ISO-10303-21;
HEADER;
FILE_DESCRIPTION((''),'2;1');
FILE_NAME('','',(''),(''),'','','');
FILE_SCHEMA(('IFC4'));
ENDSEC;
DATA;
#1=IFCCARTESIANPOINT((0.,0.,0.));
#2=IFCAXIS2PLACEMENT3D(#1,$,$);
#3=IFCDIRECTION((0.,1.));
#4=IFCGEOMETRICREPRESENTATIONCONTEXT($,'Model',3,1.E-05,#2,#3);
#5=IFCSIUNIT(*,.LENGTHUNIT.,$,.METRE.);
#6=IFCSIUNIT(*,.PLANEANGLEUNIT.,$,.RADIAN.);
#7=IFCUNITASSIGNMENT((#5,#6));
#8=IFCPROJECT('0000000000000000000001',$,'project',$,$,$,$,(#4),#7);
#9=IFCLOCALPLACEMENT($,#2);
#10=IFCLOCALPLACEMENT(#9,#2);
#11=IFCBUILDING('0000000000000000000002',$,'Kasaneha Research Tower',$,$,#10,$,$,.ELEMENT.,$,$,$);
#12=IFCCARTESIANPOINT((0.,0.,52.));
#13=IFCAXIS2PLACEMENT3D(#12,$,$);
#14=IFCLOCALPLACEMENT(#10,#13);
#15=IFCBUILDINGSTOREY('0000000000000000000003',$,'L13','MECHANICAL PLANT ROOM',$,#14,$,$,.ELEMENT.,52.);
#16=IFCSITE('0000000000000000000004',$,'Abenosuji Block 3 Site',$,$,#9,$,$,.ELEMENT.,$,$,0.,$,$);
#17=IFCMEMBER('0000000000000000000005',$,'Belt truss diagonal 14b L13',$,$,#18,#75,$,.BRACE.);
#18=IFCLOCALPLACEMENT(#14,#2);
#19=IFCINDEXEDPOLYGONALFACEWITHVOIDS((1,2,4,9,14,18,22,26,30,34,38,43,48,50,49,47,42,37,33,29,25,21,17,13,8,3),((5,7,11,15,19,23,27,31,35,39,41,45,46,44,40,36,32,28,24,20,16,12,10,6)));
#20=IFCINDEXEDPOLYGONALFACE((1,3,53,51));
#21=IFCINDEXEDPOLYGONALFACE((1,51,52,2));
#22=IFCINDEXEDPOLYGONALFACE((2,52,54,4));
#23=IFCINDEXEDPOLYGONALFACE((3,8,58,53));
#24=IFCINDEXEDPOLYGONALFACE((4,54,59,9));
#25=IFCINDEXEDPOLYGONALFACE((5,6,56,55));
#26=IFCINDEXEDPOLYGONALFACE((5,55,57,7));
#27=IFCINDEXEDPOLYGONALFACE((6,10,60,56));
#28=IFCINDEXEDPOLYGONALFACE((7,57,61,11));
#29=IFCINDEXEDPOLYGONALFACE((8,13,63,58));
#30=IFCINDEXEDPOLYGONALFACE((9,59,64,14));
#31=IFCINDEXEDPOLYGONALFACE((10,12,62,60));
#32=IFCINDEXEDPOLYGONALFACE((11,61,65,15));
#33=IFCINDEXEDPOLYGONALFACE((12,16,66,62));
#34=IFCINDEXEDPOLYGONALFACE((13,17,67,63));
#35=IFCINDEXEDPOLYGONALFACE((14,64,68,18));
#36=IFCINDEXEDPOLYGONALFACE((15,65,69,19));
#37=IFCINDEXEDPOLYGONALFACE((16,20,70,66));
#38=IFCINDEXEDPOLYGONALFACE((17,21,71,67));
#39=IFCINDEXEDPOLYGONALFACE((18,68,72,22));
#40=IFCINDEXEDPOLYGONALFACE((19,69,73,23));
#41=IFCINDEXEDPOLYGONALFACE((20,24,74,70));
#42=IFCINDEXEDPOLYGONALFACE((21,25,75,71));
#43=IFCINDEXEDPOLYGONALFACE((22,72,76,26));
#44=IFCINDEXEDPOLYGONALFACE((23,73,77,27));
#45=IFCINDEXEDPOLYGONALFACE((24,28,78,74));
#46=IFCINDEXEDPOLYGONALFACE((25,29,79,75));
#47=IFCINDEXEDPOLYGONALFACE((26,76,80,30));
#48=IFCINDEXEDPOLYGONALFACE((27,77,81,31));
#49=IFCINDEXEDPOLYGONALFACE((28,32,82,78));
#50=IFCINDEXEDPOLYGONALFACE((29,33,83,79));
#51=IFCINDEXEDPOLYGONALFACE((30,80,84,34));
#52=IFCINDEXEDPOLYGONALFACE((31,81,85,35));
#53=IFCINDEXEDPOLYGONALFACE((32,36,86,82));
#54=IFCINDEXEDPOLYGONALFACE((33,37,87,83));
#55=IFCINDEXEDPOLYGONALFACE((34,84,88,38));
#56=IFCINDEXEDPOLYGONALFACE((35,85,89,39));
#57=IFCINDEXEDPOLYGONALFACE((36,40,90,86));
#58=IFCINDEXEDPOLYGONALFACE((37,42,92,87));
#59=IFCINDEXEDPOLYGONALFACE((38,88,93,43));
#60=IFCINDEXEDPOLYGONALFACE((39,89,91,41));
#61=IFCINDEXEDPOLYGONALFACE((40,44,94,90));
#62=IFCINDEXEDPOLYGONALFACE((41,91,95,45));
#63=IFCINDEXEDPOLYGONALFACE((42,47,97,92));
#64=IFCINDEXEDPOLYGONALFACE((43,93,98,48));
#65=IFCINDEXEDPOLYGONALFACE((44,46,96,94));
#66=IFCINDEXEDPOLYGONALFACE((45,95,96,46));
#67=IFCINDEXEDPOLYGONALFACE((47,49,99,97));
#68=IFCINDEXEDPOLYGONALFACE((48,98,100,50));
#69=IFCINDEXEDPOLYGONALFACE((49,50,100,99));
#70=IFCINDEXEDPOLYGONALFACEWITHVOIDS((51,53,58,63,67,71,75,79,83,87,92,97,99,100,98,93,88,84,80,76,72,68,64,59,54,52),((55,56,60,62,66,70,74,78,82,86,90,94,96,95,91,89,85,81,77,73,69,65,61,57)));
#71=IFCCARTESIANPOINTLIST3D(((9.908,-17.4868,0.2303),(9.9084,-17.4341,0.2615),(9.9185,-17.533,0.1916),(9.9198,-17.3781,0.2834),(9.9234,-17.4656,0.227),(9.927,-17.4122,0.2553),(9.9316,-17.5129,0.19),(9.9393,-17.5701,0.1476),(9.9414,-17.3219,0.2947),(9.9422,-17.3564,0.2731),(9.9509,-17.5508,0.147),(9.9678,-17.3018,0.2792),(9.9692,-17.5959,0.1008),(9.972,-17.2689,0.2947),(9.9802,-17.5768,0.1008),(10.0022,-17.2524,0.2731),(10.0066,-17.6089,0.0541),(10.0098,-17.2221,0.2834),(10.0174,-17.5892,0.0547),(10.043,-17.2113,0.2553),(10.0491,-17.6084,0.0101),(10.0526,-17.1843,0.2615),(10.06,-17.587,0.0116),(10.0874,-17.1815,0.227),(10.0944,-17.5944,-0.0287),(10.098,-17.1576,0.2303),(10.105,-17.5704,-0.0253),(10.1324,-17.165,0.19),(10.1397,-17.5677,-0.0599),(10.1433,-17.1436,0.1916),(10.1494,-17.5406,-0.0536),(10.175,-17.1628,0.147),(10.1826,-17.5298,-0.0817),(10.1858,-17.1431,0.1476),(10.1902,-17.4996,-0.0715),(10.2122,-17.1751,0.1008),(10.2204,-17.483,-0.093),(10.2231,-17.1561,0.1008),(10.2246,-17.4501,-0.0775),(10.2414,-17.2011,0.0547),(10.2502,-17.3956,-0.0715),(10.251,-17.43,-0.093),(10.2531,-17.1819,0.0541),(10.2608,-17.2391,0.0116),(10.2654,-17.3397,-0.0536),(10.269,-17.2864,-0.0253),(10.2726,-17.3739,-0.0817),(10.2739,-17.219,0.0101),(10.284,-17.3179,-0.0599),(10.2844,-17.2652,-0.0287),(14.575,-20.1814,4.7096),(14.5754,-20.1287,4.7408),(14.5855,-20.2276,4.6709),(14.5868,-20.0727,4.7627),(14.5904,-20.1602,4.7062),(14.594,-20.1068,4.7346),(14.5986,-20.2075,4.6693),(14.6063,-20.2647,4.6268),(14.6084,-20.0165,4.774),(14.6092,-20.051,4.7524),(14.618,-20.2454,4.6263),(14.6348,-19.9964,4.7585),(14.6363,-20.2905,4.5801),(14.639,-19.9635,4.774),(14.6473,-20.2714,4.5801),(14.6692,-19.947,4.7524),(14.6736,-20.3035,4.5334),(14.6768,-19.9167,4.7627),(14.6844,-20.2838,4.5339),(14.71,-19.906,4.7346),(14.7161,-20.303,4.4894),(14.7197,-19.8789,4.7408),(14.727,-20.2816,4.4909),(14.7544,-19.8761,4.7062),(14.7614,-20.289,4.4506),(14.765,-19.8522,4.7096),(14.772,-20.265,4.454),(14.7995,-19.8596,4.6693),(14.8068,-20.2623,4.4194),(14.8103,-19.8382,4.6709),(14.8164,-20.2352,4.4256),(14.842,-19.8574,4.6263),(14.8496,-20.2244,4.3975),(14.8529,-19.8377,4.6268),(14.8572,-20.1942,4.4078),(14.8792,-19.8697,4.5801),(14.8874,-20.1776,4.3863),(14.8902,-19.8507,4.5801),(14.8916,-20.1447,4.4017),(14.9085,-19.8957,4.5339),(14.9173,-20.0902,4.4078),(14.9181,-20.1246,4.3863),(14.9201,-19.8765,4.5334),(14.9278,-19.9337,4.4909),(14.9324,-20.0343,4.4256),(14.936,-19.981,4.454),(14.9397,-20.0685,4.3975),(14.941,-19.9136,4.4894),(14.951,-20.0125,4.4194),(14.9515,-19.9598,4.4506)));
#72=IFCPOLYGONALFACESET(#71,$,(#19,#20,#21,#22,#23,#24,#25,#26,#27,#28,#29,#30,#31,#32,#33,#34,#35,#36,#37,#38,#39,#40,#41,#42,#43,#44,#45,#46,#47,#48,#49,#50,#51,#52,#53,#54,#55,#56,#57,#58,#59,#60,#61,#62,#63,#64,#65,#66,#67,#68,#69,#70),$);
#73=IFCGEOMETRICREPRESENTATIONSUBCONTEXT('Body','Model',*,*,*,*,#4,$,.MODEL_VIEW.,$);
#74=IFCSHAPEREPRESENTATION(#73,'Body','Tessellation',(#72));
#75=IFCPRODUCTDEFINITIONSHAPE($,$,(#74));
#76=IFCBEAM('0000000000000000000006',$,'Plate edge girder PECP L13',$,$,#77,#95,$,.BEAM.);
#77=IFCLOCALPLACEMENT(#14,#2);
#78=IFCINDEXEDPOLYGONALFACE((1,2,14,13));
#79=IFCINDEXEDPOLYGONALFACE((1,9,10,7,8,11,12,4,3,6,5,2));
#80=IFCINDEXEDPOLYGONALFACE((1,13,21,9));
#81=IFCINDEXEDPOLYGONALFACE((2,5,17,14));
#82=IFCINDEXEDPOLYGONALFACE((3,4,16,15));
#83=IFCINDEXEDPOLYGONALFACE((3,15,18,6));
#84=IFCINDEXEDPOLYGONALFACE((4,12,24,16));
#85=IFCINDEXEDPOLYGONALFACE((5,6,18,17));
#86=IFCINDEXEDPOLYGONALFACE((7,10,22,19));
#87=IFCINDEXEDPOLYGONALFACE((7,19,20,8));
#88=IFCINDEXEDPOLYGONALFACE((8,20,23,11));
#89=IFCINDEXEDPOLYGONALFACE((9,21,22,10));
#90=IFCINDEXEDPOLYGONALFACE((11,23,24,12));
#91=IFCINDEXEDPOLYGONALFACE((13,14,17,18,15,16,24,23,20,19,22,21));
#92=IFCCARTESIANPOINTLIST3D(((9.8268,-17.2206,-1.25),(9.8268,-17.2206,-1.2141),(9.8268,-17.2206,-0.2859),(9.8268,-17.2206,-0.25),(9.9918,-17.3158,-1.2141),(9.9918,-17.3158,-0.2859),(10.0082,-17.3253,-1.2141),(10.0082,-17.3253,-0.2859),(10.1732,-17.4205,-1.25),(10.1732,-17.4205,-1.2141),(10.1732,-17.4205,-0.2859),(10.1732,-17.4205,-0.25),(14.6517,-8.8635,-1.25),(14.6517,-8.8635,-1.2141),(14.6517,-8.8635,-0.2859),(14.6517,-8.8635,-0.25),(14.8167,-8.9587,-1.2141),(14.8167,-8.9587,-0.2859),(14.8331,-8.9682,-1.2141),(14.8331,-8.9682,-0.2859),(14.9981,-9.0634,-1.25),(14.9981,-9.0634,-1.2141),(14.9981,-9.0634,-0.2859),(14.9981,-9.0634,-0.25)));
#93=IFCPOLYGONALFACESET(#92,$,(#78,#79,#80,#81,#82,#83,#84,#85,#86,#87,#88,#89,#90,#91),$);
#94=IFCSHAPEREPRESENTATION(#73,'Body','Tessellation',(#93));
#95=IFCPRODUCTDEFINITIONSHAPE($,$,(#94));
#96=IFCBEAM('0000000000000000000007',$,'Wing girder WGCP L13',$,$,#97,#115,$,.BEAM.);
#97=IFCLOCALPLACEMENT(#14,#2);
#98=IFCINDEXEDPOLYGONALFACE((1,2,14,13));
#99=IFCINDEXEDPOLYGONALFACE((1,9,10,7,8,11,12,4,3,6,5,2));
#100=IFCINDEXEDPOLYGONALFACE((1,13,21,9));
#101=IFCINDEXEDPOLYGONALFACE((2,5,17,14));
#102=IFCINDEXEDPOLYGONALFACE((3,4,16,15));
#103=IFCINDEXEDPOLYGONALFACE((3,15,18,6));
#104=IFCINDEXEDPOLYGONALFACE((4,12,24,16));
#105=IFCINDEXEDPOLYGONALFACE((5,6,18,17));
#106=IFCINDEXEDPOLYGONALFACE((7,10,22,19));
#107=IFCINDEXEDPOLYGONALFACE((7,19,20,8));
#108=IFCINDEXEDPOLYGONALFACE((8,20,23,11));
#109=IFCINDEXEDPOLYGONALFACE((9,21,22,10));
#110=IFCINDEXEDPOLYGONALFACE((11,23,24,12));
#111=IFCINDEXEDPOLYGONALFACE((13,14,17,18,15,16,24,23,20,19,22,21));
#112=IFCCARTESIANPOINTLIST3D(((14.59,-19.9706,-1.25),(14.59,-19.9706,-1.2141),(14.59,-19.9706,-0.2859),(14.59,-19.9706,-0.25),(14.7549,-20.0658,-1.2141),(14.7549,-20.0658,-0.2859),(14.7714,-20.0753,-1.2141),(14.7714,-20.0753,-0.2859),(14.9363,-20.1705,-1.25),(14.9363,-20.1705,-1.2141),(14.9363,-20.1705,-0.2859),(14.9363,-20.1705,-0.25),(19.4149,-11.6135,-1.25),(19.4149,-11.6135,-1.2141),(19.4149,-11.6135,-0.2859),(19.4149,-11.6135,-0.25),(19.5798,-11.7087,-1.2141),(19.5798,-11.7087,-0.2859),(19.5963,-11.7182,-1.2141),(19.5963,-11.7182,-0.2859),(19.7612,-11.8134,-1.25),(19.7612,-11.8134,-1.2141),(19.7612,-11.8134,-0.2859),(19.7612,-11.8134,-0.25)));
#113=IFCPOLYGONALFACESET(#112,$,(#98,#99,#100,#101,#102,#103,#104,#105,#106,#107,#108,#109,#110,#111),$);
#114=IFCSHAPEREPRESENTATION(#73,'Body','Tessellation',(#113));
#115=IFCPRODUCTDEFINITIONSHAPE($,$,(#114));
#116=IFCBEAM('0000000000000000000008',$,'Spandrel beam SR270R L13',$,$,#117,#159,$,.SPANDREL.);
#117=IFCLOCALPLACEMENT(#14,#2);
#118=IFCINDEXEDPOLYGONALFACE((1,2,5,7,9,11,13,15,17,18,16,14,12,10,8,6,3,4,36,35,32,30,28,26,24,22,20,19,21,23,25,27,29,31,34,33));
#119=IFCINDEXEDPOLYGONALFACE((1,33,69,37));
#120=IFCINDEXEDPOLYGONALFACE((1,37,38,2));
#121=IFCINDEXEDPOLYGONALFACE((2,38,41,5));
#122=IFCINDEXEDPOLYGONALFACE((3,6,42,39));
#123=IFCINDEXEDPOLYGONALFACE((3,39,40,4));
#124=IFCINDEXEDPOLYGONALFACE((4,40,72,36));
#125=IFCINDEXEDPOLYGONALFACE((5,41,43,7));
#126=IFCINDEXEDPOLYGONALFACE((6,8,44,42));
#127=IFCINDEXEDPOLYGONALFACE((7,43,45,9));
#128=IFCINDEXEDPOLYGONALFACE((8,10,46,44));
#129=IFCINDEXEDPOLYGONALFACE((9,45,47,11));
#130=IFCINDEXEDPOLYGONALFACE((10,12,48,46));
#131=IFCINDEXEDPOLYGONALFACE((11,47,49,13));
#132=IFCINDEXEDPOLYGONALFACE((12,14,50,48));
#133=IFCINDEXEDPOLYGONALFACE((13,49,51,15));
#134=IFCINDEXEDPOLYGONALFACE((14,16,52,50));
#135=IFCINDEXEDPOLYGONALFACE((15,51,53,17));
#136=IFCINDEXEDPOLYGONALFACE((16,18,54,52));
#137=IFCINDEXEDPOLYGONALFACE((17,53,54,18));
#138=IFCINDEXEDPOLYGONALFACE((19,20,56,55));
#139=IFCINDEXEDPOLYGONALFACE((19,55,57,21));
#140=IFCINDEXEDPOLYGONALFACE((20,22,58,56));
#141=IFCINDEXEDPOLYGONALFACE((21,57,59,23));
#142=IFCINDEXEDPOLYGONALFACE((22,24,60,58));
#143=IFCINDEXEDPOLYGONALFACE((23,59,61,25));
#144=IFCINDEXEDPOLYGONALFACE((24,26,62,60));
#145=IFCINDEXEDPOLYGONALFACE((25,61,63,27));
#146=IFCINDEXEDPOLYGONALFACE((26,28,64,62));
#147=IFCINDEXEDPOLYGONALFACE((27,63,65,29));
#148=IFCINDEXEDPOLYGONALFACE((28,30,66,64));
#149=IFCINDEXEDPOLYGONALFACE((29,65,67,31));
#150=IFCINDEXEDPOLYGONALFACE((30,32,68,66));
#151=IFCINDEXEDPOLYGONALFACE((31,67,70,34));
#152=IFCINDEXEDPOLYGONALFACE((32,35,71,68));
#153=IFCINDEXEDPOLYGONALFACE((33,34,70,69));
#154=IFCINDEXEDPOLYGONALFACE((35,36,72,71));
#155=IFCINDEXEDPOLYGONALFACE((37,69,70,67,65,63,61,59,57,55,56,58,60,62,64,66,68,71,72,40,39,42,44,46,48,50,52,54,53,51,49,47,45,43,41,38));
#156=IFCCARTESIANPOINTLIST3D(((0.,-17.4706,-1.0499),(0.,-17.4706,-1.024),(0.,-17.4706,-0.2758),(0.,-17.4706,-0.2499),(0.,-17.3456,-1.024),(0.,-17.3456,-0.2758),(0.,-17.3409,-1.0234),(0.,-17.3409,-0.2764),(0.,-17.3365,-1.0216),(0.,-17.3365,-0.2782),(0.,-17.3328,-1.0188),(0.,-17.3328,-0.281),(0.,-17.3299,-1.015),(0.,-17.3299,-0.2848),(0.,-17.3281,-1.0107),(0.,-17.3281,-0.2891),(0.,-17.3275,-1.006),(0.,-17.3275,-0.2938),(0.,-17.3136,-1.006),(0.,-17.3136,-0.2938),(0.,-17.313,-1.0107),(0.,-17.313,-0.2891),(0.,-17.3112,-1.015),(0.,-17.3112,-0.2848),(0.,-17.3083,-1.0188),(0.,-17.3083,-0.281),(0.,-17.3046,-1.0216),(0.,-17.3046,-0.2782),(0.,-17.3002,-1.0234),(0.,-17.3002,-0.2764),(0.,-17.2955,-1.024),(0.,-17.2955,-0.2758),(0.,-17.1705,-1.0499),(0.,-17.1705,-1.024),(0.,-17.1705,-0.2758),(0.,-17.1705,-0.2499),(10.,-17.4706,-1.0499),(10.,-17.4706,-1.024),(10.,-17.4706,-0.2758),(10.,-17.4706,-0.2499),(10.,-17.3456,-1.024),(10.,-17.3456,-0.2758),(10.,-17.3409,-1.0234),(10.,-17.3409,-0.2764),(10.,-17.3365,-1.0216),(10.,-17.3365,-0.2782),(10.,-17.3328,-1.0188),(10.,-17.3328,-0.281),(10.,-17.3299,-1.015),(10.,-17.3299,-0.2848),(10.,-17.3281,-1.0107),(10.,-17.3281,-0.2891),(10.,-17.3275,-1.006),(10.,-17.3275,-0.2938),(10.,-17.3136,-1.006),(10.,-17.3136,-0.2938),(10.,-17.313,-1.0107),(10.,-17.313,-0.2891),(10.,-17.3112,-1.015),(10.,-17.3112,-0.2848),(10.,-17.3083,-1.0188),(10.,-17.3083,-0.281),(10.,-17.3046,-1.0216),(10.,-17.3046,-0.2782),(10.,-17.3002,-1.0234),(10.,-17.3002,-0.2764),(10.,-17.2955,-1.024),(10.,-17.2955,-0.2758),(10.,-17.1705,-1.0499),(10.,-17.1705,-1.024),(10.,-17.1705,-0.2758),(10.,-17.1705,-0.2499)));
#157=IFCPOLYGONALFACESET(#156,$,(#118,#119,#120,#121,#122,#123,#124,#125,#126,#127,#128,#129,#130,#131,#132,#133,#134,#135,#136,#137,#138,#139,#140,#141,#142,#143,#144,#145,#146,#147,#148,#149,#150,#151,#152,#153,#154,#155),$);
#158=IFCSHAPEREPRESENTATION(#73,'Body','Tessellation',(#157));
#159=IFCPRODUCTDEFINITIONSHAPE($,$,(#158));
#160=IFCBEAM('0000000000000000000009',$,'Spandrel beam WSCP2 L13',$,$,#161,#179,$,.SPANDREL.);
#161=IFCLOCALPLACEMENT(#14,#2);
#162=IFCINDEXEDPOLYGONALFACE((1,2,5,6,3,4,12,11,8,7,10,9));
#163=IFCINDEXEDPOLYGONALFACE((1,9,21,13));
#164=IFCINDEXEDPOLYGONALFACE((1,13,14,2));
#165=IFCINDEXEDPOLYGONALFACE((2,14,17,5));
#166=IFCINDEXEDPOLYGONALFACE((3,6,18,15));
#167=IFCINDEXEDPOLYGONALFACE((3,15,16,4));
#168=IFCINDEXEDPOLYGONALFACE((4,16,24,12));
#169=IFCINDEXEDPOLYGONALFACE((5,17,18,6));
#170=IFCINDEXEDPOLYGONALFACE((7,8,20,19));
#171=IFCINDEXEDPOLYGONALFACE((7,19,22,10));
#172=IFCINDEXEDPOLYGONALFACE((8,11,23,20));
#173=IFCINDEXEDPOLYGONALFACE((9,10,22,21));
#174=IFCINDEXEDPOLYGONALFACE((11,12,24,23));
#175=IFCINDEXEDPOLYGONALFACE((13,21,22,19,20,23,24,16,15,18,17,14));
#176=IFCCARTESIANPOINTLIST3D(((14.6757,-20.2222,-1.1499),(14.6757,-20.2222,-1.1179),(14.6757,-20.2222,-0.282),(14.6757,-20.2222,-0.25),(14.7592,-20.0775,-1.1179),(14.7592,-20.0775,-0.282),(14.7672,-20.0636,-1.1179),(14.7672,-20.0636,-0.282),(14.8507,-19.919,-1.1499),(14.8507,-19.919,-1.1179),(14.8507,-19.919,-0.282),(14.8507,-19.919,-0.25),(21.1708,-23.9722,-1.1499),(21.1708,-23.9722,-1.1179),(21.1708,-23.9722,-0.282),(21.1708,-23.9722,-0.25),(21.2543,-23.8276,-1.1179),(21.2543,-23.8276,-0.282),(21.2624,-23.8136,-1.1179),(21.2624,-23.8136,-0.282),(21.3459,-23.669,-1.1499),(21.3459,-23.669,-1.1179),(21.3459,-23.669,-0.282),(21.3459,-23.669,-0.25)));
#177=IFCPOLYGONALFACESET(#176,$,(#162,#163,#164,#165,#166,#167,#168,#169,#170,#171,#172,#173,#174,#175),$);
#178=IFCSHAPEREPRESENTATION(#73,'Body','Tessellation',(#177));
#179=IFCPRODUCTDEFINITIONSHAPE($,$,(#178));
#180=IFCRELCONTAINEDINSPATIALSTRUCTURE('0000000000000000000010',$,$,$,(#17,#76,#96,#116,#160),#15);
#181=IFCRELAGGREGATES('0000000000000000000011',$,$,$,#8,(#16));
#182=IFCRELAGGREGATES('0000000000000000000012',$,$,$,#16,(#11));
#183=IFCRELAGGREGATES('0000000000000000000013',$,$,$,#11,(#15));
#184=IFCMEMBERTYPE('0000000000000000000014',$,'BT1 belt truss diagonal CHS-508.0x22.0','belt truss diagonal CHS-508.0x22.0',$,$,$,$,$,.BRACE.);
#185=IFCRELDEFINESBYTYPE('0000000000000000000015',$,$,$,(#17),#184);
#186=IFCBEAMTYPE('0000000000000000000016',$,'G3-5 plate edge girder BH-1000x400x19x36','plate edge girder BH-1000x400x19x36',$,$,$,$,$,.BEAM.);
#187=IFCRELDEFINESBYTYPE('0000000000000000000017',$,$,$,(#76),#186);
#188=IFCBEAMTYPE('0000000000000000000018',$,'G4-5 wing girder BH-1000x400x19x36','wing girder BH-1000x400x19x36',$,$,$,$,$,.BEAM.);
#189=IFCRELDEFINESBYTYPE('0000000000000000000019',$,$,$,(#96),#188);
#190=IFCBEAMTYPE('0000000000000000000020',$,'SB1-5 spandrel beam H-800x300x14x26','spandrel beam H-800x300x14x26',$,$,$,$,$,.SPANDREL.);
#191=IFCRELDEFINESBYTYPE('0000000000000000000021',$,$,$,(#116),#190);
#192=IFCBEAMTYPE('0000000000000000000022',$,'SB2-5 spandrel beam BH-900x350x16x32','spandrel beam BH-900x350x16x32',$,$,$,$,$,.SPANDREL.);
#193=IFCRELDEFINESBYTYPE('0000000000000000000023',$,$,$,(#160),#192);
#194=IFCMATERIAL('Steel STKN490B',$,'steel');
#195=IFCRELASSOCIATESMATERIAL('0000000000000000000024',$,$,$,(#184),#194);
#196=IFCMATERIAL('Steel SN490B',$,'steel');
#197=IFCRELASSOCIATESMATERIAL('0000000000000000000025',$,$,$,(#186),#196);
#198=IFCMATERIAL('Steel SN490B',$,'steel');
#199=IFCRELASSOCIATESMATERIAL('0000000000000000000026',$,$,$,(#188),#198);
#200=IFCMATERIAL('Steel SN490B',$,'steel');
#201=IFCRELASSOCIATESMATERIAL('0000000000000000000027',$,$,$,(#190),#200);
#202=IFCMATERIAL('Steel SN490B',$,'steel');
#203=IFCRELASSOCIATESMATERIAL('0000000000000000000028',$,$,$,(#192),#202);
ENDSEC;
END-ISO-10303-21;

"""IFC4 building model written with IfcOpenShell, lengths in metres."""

from ifc_helpers import new_model, si_unit, direction, frame, origin, origin_2d, place, context, subcontext, project, spatial, hollow_circle, i_section, extrude, material, material_profile, profile_set, type_object, element, save


model = new_model("IFC4")

# Units and contexts
model_context = context("Model", 3, precision=1e-05, world=origin(), true_north=direction((0.0, 1.0)))
body_context = subcontext(model_context, "Body", "Model", "MODEL_VIEW")
ifc_project = project(units=[si_unit("LENGTHUNIT", "METRE"), si_unit("PLANEANGLEUNIT", "RADIAN")], contexts=[model_context])

# Site, building, storey
site_placement = place(None, origin())
site = spatial("IfcSite", under=ifc_project, at=site_placement, Name="Abenosuji Block 3 Site", CompositionType="ELEMENT", RefElevation=0.0)
building_placement = place(site_placement, origin())
building = spatial("IfcBuilding", under=site, at=building_placement, Name="Kasaneha Research Tower", CompositionType="ELEMENT")
storey_placement = place(building_placement, frame((0.0, 0.0, 52.0)))
storey = spatial("IfcBuildingStorey", under=building, at=storey_placement, Name="L13", Description="MECHANICAL PLANT ROOM", CompositionType="ELEMENT", Elevation=52.0)

# Member
ifc_material_1 = material(Name="Steel STKN490B", Category="steel")
ifc_material_profile_1 = material_profile(ifc_material_1, hollow_circle(Radius=0.2539, WallThickness=0.022, at=origin_2d()), Name="CHS-508.0x22.0")
ifc_profile_set_1 = profile_set([ifc_material_profile_1], Name="Steel STKN490B")
member_type = type_object("IfcMemberType", Name="BT1 belt truss diagonal CHS-508.0x22.0", Description="belt truss diagonal CHS-508.0x22.0", PredefinedType="BRACE", material=ifc_profile_set_1)
member_1_placement = place(storey_placement, frame((10.0962, -17.376, 0.1008), z_axis=(0.665998, -0.384527, 0.639207), x_axis=(0.500013, 0.866018, 0.0)))
element("IfcMember", 1, at=member_1_placement, inside=storey, type_object=member_type, Name="Belt truss diagonal 14b L13", PredefinedType="BRACE", context=body_context, shape_type="SweptSolid", body=[
    extrude(hollow_circle(Radius=0.2539, WallThickness=0.022, at=origin_2d()), origin(), (0.0, 0.0, 1.0), 7.0076),
])

# Beams
ifc_material_2 = material(Name="Steel SN490B", Category="steel")
ifc_material_profile_2 = material_profile(ifc_material_2, i_section(OverallWidth=0.3999, OverallDepth=1.0, WebThickness=0.019, FlangeThickness=0.0359, at=origin_2d()), Name="BH-1000x400x19x36")
ifc_profile_set_2 = profile_set([ifc_material_profile_2], Name="Steel SN490B")
beam_type_1 = type_object("IfcBeamType", Name="G3-5 plate edge girder BH-1000x400x19x36", Description="plate edge girder BH-1000x400x19x36", PredefinedType="BEAM", material=ifc_profile_set_2)
beam_1_placement = place(storey_placement, frame((10.0, -17.3206, -0.75), z_axis=(0.499995, 0.866028, 0.0), x_axis=(-0.866028, 0.499995, 0.0)))
element("IfcBeam", 2, at=beam_1_placement, inside=storey, type_object=beam_type_1, Name="Plate edge girder PECP L13", PredefinedType="BEAM", context=body_context, shape_type="SweptSolid", body=[
    extrude(i_section(OverallWidth=0.3999, OverallDepth=1.0, WebThickness=0.019, FlangeThickness=0.0359, at=origin_2d()), origin(), (0.0, 0.0, 1.0), 9.6499),
])
ifc_material_3 = material(Name="Steel SN490B", Category="steel")
ifc_material_profile_3 = material_profile(ifc_material_3, i_section(OverallWidth=0.3999, OverallDepth=1.0, WebThickness=0.019, FlangeThickness=0.0359, at=origin_2d()), Name="BH-1000x400x19x36")
ifc_profile_set_3 = profile_set([ifc_material_profile_3], Name="Steel SN490B")
beam_type_2 = type_object("IfcBeamType", Name="G4-5 wing girder BH-1000x400x19x36", Description="wing girder BH-1000x400x19x36", PredefinedType="BEAM", material=ifc_profile_set_3)
beam_2_placement = place(storey_placement, frame((14.7632, -20.0706, -0.75), z_axis=(0.499995, 0.866028, 0.0), x_axis=(-0.866028, 0.499995, 0.0)))
element("IfcBeam", 3, at=beam_2_placement, inside=storey, type_object=beam_type_2, Name="Wing girder WGCP L13", PredefinedType="BEAM", context=body_context, shape_type="SweptSolid", body=[
    extrude(i_section(OverallWidth=0.3999, OverallDepth=1.0, WebThickness=0.019, FlangeThickness=0.0359, at=origin_2d()), origin(), (0.0, 0.0, 1.0), 9.6499),
])
ifc_material_4 = material(Name="Steel SN490B", Category="steel")
ifc_material_profile_4 = material_profile(ifc_material_4, i_section(OverallWidth=0.3, OverallDepth=0.8, WebThickness=0.0139, FlangeThickness=0.0259, FilletRadius=0.0181, at=origin_2d()), Name="H-800x300x14x26")
ifc_profile_set_4 = profile_set([ifc_material_profile_4], Name="Steel SN490B")
beam_type_3 = type_object("IfcBeamType", Name="SB1-5 spandrel beam H-800x300x14x26", Description="spandrel beam H-800x300x14x26", PredefinedType="SPANDREL", material=ifc_profile_set_4)
beam_3_placement = place(storey_placement, frame((10.0, -17.3206, -0.6499), z_axis=(-1.0, 0.0, 0.0), x_axis=(0.0, -1.0, 0.0)))
element("IfcBeam", 4, at=beam_3_placement, inside=storey, type_object=beam_type_3, Name="Spandrel beam SR270R L13", PredefinedType="SPANDREL", context=body_context, shape_type="SweptSolid", body=[
    extrude(i_section(OverallWidth=0.3, OverallDepth=0.8, WebThickness=0.0139, FlangeThickness=0.0259, FilletRadius=0.0181, at=origin_2d()), origin(), (0.0, 0.0, 1.0), 10.0),
])
ifc_material_5 = material(Name="Steel SN490B", Category="steel")
ifc_material_profile_5 = material_profile(ifc_material_5, i_section(OverallWidth=0.3501, OverallDepth=0.8999, WebThickness=0.0161, FlangeThickness=0.032, at=origin_2d()), Name="BH-900x350x16x32")
ifc_profile_set_5 = profile_set([ifc_material_profile_5], Name="Steel SN490B")
beam_type_4 = type_object("IfcBeamType", Name="SB2-5 spandrel beam BH-900x350x16x32", Description="spandrel beam BH-900x350x16x32", PredefinedType="SPANDREL", material=ifc_profile_set_5)
beam_4_placement = place(storey_placement, frame((14.7632, -20.0706, -0.7), z_axis=(0.866023, -0.500004, 0.0), x_axis=(0.500004, 0.866023, 0.0)))
element("IfcBeam", 5, at=beam_4_placement, inside=storey, type_object=beam_type_4, Name="Spandrel beam WSCP2 L13", PredefinedType="SPANDREL", context=body_context, shape_type="SweptSolid", body=[
    extrude(i_section(OverallWidth=0.3501, OverallDepth=0.8999, WebThickness=0.0161, FlangeThickness=0.032, at=origin_2d()), origin(), (0.0, 0.0, 1.0), 7.5),
])

save(model, "model.ifc")
